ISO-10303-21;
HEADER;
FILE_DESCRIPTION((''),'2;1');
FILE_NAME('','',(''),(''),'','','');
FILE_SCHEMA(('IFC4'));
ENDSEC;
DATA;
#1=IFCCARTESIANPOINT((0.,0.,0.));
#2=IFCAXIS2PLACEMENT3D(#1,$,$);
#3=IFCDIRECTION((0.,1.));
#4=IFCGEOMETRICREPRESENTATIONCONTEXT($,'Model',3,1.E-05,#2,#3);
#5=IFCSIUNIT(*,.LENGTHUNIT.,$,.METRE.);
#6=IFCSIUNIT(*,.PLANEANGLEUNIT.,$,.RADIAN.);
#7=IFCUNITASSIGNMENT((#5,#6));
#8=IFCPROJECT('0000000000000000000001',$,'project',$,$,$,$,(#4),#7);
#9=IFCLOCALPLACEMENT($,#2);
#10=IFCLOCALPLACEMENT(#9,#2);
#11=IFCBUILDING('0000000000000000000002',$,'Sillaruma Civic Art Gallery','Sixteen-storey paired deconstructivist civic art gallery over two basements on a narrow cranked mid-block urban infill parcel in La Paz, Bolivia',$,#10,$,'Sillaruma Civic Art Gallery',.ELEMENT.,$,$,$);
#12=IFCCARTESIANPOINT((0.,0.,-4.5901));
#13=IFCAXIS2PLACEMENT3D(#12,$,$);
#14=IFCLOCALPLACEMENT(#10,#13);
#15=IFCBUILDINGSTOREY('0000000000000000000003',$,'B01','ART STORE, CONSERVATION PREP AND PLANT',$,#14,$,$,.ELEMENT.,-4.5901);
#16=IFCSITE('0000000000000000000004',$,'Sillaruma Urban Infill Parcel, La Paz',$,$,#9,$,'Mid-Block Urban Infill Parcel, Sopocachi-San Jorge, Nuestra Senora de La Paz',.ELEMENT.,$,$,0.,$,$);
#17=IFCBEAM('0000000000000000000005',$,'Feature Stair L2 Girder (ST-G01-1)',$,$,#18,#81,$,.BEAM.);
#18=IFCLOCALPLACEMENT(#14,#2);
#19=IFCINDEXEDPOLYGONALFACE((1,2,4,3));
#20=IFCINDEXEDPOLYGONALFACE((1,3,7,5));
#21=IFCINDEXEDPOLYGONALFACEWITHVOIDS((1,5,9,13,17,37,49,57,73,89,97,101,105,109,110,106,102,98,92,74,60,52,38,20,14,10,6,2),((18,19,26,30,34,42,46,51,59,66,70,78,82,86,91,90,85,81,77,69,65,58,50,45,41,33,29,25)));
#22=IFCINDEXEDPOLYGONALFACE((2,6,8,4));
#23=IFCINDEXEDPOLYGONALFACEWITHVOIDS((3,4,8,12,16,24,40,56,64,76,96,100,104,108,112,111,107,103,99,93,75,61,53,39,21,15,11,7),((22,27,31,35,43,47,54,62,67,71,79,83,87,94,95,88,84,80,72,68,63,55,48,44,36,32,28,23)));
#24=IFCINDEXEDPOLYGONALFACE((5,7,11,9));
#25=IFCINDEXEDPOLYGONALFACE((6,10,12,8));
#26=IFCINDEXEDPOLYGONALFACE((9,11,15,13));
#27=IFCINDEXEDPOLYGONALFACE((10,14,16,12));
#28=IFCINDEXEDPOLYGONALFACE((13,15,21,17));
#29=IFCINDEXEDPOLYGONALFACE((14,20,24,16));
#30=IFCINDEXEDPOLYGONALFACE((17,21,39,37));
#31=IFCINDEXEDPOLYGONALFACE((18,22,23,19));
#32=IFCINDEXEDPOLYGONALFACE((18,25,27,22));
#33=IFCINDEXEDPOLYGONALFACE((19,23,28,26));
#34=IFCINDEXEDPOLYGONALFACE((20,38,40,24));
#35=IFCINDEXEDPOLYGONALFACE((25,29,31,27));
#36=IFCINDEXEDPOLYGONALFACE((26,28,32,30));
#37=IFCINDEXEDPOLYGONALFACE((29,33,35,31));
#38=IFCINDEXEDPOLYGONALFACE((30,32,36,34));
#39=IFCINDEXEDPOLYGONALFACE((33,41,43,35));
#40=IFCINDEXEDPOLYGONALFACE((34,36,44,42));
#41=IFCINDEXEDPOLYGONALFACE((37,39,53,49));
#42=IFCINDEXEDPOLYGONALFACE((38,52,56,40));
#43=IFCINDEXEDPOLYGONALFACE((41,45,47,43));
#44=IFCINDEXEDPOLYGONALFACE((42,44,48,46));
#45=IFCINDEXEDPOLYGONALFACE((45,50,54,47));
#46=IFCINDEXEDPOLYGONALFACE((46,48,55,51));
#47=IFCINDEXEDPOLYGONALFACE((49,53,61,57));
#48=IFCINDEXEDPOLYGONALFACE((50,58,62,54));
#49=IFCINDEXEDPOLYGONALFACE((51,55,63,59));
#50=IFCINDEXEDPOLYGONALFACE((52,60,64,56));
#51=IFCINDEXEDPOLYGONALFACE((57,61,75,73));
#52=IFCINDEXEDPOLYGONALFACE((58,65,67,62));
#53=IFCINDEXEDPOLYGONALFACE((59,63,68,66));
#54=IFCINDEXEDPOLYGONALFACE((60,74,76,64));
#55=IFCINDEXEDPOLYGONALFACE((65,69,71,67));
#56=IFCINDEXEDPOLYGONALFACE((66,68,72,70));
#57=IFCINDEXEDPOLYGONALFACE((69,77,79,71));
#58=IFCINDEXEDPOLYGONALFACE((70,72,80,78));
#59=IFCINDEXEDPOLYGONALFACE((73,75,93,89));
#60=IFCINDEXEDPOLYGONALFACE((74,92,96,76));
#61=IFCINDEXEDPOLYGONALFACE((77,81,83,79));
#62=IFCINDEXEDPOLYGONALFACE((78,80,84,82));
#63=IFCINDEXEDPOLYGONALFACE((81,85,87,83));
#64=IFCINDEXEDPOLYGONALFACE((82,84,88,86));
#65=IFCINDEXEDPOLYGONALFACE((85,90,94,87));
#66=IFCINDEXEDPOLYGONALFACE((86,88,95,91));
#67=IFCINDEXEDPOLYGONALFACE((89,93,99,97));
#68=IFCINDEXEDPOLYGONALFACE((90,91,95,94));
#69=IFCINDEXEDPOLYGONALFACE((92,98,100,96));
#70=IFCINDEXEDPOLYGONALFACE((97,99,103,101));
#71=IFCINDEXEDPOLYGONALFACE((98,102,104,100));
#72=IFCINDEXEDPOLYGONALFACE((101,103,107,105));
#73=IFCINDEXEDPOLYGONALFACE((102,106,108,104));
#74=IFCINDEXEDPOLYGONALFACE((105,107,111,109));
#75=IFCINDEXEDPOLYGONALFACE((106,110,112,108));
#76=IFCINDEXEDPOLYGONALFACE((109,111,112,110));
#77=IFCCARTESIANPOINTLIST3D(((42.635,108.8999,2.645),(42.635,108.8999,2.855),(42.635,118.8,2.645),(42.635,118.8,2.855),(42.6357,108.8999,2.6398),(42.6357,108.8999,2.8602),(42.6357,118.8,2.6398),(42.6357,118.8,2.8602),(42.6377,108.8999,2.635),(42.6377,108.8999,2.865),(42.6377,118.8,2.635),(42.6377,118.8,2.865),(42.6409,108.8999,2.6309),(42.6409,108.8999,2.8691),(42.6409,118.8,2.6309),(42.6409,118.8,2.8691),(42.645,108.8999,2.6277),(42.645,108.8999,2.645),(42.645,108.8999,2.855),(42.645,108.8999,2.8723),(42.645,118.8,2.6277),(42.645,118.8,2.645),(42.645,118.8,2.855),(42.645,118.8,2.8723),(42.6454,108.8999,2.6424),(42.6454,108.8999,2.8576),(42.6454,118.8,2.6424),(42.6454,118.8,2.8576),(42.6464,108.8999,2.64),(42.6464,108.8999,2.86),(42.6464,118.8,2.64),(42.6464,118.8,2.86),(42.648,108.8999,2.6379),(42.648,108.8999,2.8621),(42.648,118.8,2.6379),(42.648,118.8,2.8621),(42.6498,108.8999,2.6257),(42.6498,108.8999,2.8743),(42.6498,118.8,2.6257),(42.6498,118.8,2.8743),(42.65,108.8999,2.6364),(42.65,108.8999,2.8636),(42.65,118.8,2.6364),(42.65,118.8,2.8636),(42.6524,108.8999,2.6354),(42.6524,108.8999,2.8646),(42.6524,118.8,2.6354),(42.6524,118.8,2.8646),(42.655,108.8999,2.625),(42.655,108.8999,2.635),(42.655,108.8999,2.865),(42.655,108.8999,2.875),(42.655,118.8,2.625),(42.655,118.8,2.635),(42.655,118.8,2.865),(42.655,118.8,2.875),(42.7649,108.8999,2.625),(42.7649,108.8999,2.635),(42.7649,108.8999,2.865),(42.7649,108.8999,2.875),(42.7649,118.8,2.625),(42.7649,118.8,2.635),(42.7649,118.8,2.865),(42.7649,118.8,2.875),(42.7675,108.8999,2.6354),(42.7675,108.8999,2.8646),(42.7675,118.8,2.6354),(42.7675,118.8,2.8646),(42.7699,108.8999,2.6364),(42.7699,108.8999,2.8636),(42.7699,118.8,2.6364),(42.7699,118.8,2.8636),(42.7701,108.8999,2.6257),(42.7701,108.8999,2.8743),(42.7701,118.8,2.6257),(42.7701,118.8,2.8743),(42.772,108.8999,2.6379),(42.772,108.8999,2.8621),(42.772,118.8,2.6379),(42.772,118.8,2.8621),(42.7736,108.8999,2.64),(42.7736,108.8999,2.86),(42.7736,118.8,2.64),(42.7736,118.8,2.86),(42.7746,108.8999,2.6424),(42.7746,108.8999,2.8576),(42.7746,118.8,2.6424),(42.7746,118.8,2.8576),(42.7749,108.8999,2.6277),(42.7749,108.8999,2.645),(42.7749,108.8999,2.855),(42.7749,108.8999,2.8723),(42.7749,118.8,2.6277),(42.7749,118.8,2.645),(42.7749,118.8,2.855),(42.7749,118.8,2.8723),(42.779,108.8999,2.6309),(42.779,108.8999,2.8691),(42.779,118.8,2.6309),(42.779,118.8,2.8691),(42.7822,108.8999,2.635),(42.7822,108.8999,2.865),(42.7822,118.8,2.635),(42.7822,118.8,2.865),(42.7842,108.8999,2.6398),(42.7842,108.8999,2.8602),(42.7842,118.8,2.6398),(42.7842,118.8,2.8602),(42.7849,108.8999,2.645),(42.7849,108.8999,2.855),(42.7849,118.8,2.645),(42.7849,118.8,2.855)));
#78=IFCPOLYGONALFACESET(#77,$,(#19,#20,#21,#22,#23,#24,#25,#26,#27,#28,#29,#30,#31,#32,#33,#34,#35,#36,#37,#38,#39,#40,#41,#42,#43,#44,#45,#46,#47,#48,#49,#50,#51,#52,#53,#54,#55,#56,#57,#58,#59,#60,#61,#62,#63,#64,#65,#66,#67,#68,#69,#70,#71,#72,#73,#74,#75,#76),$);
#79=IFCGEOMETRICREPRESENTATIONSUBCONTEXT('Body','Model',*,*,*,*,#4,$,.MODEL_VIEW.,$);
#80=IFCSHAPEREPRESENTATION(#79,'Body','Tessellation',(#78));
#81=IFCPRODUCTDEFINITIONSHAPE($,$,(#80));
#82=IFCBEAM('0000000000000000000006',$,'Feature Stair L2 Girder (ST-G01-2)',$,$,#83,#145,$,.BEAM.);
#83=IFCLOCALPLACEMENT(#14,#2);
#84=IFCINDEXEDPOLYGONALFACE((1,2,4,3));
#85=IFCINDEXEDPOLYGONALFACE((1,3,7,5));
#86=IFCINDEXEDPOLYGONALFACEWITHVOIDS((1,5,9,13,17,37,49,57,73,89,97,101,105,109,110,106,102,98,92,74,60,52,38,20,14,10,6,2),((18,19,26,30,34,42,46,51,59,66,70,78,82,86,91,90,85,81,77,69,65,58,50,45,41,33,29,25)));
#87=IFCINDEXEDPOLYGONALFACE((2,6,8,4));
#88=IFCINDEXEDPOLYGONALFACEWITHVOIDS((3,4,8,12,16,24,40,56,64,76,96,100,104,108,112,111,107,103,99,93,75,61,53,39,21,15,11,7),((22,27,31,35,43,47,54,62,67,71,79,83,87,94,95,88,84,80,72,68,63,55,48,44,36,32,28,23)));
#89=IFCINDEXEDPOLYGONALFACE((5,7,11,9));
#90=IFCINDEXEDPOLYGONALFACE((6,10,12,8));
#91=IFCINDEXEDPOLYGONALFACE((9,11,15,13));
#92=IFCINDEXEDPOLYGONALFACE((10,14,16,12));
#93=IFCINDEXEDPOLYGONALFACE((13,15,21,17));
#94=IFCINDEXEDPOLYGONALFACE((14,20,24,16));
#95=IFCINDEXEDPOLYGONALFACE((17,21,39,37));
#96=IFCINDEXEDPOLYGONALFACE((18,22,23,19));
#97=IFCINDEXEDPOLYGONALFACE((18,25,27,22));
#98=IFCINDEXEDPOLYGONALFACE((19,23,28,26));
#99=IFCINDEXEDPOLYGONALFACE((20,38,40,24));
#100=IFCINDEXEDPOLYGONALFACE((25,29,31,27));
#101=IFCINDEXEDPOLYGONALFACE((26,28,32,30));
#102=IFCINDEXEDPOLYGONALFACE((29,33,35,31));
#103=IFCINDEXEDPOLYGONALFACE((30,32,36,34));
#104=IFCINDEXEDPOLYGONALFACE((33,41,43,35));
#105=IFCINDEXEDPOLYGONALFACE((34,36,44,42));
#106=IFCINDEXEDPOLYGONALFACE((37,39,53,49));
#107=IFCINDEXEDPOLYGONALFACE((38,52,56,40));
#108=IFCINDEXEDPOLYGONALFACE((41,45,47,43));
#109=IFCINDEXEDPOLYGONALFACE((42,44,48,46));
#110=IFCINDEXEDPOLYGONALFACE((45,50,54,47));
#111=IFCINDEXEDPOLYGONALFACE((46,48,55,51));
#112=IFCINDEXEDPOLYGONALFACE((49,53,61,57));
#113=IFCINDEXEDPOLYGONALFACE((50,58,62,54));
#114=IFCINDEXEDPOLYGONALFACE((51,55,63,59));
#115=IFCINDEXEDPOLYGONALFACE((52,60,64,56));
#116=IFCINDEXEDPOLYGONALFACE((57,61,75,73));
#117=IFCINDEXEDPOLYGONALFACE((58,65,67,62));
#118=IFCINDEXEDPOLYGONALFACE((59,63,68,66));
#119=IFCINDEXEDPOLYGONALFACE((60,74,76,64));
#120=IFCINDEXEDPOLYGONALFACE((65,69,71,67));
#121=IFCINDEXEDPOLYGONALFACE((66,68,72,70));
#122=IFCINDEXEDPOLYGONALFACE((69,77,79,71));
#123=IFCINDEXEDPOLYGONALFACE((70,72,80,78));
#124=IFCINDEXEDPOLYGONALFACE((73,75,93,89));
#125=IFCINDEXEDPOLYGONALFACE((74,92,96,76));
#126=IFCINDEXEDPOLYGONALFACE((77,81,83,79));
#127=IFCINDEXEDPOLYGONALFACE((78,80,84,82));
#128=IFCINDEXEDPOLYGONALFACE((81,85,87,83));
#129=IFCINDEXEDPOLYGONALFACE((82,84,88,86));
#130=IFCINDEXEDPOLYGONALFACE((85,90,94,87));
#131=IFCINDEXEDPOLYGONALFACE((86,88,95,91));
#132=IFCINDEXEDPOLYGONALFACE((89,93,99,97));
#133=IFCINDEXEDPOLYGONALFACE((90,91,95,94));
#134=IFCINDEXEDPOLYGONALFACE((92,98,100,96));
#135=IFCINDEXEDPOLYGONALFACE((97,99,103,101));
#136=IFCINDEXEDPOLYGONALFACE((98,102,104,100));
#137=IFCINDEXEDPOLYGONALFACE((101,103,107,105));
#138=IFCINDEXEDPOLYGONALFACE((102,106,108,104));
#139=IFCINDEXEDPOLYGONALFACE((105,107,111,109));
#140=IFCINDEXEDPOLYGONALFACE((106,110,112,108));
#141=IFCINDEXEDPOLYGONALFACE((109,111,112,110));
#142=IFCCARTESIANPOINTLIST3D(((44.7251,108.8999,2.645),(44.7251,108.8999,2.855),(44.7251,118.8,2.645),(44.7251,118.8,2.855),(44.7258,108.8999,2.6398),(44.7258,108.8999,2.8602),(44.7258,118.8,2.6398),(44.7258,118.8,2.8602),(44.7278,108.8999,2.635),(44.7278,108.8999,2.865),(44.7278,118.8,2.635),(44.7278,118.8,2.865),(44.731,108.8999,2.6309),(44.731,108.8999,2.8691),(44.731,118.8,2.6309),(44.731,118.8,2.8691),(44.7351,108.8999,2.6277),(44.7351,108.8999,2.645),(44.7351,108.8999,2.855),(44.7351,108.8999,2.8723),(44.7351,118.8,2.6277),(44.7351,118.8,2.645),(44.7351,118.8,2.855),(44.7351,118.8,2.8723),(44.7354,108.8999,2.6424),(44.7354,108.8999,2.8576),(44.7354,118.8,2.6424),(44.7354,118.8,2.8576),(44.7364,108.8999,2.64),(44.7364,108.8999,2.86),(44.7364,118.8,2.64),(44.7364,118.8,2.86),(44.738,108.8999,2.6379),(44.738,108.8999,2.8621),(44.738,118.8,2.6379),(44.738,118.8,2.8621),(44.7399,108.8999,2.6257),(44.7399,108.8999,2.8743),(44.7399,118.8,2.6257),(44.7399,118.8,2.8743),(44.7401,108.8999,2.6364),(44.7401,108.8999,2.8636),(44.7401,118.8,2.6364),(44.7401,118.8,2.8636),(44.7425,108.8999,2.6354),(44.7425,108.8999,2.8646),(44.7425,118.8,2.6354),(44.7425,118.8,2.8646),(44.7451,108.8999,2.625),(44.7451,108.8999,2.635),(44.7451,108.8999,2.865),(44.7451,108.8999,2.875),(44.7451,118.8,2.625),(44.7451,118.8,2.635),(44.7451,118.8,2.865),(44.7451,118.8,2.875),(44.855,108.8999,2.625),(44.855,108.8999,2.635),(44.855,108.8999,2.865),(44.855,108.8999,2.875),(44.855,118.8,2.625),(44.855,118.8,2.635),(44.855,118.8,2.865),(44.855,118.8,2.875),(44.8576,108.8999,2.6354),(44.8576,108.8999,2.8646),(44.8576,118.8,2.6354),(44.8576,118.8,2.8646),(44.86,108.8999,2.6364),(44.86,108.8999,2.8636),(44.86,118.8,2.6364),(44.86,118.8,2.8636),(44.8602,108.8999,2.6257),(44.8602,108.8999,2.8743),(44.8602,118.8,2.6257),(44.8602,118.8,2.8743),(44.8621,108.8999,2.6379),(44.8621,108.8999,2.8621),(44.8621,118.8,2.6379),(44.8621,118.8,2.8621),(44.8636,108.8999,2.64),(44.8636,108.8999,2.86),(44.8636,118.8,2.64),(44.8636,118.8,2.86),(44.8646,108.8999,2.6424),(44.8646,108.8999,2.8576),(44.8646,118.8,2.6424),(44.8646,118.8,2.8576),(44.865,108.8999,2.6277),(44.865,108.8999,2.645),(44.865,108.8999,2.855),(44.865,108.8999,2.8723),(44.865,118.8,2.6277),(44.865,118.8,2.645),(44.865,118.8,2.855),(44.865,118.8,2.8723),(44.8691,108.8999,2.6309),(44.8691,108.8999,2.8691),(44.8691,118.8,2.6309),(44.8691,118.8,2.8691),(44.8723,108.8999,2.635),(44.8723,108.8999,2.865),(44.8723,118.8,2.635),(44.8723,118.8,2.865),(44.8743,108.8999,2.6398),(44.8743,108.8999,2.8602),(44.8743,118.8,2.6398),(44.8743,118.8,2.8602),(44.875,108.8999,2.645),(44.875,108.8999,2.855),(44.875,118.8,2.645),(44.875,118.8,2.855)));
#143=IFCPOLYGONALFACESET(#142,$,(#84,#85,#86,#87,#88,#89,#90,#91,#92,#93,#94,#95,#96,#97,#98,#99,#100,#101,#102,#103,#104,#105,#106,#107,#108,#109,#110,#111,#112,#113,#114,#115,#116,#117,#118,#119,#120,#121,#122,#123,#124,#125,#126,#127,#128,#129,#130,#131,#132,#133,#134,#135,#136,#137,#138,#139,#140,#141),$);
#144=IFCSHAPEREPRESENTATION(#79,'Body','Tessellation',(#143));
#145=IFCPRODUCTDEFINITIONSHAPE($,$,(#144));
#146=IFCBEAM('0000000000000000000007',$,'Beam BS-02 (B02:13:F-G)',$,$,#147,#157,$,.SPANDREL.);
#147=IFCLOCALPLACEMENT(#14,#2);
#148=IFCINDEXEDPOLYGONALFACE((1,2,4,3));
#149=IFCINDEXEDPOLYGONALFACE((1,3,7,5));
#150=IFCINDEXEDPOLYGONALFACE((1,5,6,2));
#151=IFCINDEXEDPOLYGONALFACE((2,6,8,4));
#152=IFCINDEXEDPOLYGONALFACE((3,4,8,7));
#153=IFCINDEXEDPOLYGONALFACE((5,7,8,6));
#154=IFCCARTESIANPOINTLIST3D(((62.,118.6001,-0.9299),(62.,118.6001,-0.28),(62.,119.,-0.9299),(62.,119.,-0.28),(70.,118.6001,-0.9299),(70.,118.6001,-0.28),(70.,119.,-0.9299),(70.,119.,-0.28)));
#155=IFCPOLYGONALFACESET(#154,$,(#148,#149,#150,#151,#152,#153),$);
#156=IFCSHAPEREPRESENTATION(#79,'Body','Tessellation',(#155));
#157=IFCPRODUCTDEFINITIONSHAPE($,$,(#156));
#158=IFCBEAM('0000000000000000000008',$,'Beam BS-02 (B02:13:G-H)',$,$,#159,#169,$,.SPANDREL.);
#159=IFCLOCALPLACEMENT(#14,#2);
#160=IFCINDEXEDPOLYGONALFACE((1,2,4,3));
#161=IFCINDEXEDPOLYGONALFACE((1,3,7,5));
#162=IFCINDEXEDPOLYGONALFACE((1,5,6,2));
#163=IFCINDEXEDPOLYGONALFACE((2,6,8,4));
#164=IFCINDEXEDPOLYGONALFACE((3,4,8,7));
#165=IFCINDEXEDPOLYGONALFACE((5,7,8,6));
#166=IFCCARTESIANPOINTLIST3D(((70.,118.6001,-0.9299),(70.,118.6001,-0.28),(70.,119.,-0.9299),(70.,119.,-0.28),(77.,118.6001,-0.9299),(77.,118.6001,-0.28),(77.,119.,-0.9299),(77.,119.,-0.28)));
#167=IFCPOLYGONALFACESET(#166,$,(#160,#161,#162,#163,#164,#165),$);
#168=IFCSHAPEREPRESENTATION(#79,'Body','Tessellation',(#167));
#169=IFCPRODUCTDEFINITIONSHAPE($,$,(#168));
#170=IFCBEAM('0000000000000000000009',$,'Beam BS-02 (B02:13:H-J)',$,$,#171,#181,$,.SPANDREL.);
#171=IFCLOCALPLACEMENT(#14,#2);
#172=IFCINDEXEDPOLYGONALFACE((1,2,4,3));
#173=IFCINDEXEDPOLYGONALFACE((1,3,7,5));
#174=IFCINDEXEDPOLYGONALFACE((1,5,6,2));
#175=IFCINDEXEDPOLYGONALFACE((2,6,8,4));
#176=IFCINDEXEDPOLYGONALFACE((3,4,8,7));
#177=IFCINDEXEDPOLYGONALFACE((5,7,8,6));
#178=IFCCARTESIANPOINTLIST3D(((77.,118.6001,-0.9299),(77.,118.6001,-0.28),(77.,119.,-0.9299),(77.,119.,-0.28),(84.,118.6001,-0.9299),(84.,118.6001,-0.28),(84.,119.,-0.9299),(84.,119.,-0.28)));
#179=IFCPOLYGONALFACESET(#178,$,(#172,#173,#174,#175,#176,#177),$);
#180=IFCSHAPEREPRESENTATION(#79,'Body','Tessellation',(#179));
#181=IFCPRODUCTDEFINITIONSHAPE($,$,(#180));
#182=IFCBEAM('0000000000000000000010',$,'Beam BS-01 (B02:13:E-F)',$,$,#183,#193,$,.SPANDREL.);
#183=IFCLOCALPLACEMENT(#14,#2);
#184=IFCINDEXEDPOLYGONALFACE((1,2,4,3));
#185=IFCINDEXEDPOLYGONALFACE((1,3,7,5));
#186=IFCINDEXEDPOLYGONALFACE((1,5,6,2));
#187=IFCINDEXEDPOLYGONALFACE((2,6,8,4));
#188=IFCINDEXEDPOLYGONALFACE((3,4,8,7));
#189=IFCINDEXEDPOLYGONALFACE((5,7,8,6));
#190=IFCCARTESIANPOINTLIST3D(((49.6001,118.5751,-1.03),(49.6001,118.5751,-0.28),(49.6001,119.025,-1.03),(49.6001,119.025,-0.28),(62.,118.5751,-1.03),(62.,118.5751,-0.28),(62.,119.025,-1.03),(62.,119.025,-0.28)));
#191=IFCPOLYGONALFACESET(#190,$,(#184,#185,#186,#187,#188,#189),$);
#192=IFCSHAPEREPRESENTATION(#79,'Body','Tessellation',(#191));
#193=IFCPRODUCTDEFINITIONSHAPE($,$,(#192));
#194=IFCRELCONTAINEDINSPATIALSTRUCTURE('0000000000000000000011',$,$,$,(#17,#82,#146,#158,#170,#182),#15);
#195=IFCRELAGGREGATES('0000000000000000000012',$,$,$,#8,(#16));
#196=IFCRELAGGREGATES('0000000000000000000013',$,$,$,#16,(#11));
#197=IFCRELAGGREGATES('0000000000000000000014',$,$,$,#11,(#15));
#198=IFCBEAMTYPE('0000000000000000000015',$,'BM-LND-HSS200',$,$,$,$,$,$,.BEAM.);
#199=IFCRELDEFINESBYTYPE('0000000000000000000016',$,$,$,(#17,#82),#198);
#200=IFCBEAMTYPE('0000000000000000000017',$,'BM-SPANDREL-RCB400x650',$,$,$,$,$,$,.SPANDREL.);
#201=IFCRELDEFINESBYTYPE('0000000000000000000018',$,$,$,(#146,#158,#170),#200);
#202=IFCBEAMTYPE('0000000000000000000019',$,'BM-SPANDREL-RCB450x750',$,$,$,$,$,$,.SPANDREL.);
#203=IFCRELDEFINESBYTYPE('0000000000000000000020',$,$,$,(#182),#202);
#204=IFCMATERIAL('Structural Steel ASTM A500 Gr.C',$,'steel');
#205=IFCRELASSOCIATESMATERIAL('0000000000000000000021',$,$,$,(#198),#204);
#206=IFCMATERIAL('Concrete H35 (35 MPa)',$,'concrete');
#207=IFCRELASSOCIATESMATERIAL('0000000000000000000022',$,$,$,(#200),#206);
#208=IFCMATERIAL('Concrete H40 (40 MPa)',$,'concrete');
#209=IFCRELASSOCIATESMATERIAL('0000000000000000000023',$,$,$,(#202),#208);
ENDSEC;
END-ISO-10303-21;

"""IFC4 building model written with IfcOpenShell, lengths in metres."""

from ifc_helpers import new_model, si_unit, direction, frame, origin, origin_2d, place, context, subcontext, project, spatial, rectangle, hollow_rectangle, extrude, material, material_profile, profile_set, type_object, element, save


model = new_model("IFC4")

# Units and contexts
model_context = context("Model", 3, precision=1e-05, world=origin(), true_north=direction((0.0, 1.0)))
body_context = subcontext(model_context, "Body", "Model", "MODEL_VIEW")
ifc_project = project(units=[si_unit("LENGTHUNIT", "METRE"), si_unit("PLANEANGLEUNIT", "RADIAN")], contexts=[model_context])

# Site, building, storey
site_placement = place(None, origin())
site = spatial("IfcSite", under=ifc_project, at=site_placement, Name="Sillaruma Urban Infill Parcel, La Paz", LongName="Mid-Block Urban Infill Parcel, Sopocachi-San Jorge, Nuestra Senora de La Paz", CompositionType="ELEMENT", RefElevation=0.0)
building_placement = place(site_placement, origin())
building = spatial("IfcBuilding", under=site, at=building_placement, Name="Sillaruma Civic Art Gallery", Description="Sixteen-storey paired deconstructivist civic art gallery over two basements on a narrow cranked mid-block urban infill parcel in La Paz, Bolivia", LongName="Sillaruma Civic Art Gallery", CompositionType="ELEMENT")
storey_placement = place(building_placement, frame((0.0, 0.0, -4.5901)))
storey = spatial("IfcBuildingStorey", under=building, at=storey_placement, Name="B01", Description="ART STORE, CONSERVATION PREP AND PLANT", CompositionType="ELEMENT", Elevation=-4.5901)

# Shared definitions
ifc_material_1 = material(Name="Concrete H40 (40 MPa)", Category="concrete")

# Beams
ifc_material_2 = material(Name="Concrete H35 (35 MPa)", Category="concrete")
ifc_material_3 = material(Name="Structural Steel ASTM A500 Gr.C", Category="steel")
ifc_material_profile_1 = material_profile(ifc_material_3, hollow_rectangle(XDim=0.1499, YDim=0.25, WallThickness=0.01, InnerFilletRadius=0.01, OuterFilletRadius=0.02, at=origin_2d()), Name="HSS250x150x10")
ifc_profile_set_1 = profile_set([ifc_material_profile_1], Name="Structural Steel ASTM A500 Gr.C")
beam_type_1 = type_object("IfcBeamType", Name="BM-LND-HSS200", PredefinedType="BEAM", material=ifc_profile_set_1)
for number, where, z_axis, x_axis, name in (
    (1, (42.71, 108.8999, 2.75), (0.0, 1.0, 0.0), (-1.0, 0.0, 0.0), "Feature Stair L2 Girder (ST-G01-1)"),
    (2, (44.8, 108.8999, 2.75), (0.0, 1.0, 0.0), (-1.0, 0.0, 0.0), "Feature Stair L2 Girder (ST-G01-2)"),
):
    element("IfcBeam", number, at=place(storey_placement, frame(where, z_axis=z_axis, x_axis=x_axis)), inside=storey, type_object=beam_type_1, Name=name, PredefinedType="BEAM", context=body_context, shape_type="SweptSolid", body=[
        extrude(hollow_rectangle(XDim=0.1499, YDim=0.25, WallThickness=0.01, InnerFilletRadius=0.01, OuterFilletRadius=0.02, at=origin_2d()), origin(), (0.0, 0.0, 1.0), 9.9001),
    ])
ifc_material_profile_2 = material_profile(ifc_material_2, rectangle(XDim=0.3999, YDim=0.6499, at=origin_2d()), Name="RCB400x650")
ifc_profile_set_2 = profile_set([ifc_material_profile_2], Name="Concrete H35 (35 MPa)")
beam_type_2 = type_object("IfcBeamType", Name="BM-SPANDREL-RCB400x650", PredefinedType="SPANDREL", material=ifc_profile_set_2)
beam_1_placement = place(storey_placement, frame((62.0, 118.8, -0.605), z_axis=(1.0, 0.0, 0.0), x_axis=(0.0, 1.0, 0.0)))
element("IfcBeam", 3, at=beam_1_placement, inside=storey, type_object=beam_type_2, Name="Beam BS-02 (B02:13:F-G)", PredefinedType="SPANDREL", context=body_context, shape_type="SweptSolid", body=[
    extrude(rectangle(XDim=0.3999, YDim=0.6499, at=origin_2d()), origin(), (0.0, 0.0, 1.0), 8.0),
])
for number, where, z_axis, x_axis, name in (
    (4, (70.0, 118.8, -0.605), (1.0, 0.0, 0.0), (0.0, 1.0, 0.0), "Beam BS-02 (B02:13:G-H)"),
    (5, (77.0, 118.8, -0.605), (1.0, 0.0, 0.0), (0.0, 1.0, 0.0), "Beam BS-02 (B02:13:H-J)"),
):
    element("IfcBeam", number, at=place(storey_placement, frame(where, z_axis=z_axis, x_axis=x_axis)), inside=storey, type_object=beam_type_2, Name=name, PredefinedType="SPANDREL", context=body_context, shape_type="SweptSolid", body=[
        extrude(rectangle(XDim=0.3999, YDim=0.6499, at=origin_2d()), origin(), (0.0, 0.0, 1.0), 7.0),
    ])
ifc_material_profile_3 = material_profile(ifc_material_1, rectangle(XDim=0.45, YDim=0.75, at=origin_2d()), Name="RCB450x750")
ifc_profile_set_3 = profile_set([ifc_material_profile_3], Name="Concrete H40 (40 MPa)")
beam_type_3 = type_object("IfcBeamType", Name="BM-SPANDREL-RCB450x750", PredefinedType="SPANDREL", material=ifc_profile_set_3)
beam_2_placement = place(storey_placement, frame((49.6001, 118.8, -0.655), z_axis=(1.0, 0.0, 0.0), x_axis=(0.0, 1.0, 0.0)))
element("IfcBeam", 6, at=beam_2_placement, inside=storey, type_object=beam_type_3, Name="Beam BS-01 (B02:13:E-F)", PredefinedType="SPANDREL", context=body_context, shape_type="SweptSolid", body=[
    extrude(rectangle(XDim=0.45, YDim=0.75, at=origin_2d()), origin(), (0.0, 0.0, 1.0), 12.3999),
])

save(model, "model.ifc")
